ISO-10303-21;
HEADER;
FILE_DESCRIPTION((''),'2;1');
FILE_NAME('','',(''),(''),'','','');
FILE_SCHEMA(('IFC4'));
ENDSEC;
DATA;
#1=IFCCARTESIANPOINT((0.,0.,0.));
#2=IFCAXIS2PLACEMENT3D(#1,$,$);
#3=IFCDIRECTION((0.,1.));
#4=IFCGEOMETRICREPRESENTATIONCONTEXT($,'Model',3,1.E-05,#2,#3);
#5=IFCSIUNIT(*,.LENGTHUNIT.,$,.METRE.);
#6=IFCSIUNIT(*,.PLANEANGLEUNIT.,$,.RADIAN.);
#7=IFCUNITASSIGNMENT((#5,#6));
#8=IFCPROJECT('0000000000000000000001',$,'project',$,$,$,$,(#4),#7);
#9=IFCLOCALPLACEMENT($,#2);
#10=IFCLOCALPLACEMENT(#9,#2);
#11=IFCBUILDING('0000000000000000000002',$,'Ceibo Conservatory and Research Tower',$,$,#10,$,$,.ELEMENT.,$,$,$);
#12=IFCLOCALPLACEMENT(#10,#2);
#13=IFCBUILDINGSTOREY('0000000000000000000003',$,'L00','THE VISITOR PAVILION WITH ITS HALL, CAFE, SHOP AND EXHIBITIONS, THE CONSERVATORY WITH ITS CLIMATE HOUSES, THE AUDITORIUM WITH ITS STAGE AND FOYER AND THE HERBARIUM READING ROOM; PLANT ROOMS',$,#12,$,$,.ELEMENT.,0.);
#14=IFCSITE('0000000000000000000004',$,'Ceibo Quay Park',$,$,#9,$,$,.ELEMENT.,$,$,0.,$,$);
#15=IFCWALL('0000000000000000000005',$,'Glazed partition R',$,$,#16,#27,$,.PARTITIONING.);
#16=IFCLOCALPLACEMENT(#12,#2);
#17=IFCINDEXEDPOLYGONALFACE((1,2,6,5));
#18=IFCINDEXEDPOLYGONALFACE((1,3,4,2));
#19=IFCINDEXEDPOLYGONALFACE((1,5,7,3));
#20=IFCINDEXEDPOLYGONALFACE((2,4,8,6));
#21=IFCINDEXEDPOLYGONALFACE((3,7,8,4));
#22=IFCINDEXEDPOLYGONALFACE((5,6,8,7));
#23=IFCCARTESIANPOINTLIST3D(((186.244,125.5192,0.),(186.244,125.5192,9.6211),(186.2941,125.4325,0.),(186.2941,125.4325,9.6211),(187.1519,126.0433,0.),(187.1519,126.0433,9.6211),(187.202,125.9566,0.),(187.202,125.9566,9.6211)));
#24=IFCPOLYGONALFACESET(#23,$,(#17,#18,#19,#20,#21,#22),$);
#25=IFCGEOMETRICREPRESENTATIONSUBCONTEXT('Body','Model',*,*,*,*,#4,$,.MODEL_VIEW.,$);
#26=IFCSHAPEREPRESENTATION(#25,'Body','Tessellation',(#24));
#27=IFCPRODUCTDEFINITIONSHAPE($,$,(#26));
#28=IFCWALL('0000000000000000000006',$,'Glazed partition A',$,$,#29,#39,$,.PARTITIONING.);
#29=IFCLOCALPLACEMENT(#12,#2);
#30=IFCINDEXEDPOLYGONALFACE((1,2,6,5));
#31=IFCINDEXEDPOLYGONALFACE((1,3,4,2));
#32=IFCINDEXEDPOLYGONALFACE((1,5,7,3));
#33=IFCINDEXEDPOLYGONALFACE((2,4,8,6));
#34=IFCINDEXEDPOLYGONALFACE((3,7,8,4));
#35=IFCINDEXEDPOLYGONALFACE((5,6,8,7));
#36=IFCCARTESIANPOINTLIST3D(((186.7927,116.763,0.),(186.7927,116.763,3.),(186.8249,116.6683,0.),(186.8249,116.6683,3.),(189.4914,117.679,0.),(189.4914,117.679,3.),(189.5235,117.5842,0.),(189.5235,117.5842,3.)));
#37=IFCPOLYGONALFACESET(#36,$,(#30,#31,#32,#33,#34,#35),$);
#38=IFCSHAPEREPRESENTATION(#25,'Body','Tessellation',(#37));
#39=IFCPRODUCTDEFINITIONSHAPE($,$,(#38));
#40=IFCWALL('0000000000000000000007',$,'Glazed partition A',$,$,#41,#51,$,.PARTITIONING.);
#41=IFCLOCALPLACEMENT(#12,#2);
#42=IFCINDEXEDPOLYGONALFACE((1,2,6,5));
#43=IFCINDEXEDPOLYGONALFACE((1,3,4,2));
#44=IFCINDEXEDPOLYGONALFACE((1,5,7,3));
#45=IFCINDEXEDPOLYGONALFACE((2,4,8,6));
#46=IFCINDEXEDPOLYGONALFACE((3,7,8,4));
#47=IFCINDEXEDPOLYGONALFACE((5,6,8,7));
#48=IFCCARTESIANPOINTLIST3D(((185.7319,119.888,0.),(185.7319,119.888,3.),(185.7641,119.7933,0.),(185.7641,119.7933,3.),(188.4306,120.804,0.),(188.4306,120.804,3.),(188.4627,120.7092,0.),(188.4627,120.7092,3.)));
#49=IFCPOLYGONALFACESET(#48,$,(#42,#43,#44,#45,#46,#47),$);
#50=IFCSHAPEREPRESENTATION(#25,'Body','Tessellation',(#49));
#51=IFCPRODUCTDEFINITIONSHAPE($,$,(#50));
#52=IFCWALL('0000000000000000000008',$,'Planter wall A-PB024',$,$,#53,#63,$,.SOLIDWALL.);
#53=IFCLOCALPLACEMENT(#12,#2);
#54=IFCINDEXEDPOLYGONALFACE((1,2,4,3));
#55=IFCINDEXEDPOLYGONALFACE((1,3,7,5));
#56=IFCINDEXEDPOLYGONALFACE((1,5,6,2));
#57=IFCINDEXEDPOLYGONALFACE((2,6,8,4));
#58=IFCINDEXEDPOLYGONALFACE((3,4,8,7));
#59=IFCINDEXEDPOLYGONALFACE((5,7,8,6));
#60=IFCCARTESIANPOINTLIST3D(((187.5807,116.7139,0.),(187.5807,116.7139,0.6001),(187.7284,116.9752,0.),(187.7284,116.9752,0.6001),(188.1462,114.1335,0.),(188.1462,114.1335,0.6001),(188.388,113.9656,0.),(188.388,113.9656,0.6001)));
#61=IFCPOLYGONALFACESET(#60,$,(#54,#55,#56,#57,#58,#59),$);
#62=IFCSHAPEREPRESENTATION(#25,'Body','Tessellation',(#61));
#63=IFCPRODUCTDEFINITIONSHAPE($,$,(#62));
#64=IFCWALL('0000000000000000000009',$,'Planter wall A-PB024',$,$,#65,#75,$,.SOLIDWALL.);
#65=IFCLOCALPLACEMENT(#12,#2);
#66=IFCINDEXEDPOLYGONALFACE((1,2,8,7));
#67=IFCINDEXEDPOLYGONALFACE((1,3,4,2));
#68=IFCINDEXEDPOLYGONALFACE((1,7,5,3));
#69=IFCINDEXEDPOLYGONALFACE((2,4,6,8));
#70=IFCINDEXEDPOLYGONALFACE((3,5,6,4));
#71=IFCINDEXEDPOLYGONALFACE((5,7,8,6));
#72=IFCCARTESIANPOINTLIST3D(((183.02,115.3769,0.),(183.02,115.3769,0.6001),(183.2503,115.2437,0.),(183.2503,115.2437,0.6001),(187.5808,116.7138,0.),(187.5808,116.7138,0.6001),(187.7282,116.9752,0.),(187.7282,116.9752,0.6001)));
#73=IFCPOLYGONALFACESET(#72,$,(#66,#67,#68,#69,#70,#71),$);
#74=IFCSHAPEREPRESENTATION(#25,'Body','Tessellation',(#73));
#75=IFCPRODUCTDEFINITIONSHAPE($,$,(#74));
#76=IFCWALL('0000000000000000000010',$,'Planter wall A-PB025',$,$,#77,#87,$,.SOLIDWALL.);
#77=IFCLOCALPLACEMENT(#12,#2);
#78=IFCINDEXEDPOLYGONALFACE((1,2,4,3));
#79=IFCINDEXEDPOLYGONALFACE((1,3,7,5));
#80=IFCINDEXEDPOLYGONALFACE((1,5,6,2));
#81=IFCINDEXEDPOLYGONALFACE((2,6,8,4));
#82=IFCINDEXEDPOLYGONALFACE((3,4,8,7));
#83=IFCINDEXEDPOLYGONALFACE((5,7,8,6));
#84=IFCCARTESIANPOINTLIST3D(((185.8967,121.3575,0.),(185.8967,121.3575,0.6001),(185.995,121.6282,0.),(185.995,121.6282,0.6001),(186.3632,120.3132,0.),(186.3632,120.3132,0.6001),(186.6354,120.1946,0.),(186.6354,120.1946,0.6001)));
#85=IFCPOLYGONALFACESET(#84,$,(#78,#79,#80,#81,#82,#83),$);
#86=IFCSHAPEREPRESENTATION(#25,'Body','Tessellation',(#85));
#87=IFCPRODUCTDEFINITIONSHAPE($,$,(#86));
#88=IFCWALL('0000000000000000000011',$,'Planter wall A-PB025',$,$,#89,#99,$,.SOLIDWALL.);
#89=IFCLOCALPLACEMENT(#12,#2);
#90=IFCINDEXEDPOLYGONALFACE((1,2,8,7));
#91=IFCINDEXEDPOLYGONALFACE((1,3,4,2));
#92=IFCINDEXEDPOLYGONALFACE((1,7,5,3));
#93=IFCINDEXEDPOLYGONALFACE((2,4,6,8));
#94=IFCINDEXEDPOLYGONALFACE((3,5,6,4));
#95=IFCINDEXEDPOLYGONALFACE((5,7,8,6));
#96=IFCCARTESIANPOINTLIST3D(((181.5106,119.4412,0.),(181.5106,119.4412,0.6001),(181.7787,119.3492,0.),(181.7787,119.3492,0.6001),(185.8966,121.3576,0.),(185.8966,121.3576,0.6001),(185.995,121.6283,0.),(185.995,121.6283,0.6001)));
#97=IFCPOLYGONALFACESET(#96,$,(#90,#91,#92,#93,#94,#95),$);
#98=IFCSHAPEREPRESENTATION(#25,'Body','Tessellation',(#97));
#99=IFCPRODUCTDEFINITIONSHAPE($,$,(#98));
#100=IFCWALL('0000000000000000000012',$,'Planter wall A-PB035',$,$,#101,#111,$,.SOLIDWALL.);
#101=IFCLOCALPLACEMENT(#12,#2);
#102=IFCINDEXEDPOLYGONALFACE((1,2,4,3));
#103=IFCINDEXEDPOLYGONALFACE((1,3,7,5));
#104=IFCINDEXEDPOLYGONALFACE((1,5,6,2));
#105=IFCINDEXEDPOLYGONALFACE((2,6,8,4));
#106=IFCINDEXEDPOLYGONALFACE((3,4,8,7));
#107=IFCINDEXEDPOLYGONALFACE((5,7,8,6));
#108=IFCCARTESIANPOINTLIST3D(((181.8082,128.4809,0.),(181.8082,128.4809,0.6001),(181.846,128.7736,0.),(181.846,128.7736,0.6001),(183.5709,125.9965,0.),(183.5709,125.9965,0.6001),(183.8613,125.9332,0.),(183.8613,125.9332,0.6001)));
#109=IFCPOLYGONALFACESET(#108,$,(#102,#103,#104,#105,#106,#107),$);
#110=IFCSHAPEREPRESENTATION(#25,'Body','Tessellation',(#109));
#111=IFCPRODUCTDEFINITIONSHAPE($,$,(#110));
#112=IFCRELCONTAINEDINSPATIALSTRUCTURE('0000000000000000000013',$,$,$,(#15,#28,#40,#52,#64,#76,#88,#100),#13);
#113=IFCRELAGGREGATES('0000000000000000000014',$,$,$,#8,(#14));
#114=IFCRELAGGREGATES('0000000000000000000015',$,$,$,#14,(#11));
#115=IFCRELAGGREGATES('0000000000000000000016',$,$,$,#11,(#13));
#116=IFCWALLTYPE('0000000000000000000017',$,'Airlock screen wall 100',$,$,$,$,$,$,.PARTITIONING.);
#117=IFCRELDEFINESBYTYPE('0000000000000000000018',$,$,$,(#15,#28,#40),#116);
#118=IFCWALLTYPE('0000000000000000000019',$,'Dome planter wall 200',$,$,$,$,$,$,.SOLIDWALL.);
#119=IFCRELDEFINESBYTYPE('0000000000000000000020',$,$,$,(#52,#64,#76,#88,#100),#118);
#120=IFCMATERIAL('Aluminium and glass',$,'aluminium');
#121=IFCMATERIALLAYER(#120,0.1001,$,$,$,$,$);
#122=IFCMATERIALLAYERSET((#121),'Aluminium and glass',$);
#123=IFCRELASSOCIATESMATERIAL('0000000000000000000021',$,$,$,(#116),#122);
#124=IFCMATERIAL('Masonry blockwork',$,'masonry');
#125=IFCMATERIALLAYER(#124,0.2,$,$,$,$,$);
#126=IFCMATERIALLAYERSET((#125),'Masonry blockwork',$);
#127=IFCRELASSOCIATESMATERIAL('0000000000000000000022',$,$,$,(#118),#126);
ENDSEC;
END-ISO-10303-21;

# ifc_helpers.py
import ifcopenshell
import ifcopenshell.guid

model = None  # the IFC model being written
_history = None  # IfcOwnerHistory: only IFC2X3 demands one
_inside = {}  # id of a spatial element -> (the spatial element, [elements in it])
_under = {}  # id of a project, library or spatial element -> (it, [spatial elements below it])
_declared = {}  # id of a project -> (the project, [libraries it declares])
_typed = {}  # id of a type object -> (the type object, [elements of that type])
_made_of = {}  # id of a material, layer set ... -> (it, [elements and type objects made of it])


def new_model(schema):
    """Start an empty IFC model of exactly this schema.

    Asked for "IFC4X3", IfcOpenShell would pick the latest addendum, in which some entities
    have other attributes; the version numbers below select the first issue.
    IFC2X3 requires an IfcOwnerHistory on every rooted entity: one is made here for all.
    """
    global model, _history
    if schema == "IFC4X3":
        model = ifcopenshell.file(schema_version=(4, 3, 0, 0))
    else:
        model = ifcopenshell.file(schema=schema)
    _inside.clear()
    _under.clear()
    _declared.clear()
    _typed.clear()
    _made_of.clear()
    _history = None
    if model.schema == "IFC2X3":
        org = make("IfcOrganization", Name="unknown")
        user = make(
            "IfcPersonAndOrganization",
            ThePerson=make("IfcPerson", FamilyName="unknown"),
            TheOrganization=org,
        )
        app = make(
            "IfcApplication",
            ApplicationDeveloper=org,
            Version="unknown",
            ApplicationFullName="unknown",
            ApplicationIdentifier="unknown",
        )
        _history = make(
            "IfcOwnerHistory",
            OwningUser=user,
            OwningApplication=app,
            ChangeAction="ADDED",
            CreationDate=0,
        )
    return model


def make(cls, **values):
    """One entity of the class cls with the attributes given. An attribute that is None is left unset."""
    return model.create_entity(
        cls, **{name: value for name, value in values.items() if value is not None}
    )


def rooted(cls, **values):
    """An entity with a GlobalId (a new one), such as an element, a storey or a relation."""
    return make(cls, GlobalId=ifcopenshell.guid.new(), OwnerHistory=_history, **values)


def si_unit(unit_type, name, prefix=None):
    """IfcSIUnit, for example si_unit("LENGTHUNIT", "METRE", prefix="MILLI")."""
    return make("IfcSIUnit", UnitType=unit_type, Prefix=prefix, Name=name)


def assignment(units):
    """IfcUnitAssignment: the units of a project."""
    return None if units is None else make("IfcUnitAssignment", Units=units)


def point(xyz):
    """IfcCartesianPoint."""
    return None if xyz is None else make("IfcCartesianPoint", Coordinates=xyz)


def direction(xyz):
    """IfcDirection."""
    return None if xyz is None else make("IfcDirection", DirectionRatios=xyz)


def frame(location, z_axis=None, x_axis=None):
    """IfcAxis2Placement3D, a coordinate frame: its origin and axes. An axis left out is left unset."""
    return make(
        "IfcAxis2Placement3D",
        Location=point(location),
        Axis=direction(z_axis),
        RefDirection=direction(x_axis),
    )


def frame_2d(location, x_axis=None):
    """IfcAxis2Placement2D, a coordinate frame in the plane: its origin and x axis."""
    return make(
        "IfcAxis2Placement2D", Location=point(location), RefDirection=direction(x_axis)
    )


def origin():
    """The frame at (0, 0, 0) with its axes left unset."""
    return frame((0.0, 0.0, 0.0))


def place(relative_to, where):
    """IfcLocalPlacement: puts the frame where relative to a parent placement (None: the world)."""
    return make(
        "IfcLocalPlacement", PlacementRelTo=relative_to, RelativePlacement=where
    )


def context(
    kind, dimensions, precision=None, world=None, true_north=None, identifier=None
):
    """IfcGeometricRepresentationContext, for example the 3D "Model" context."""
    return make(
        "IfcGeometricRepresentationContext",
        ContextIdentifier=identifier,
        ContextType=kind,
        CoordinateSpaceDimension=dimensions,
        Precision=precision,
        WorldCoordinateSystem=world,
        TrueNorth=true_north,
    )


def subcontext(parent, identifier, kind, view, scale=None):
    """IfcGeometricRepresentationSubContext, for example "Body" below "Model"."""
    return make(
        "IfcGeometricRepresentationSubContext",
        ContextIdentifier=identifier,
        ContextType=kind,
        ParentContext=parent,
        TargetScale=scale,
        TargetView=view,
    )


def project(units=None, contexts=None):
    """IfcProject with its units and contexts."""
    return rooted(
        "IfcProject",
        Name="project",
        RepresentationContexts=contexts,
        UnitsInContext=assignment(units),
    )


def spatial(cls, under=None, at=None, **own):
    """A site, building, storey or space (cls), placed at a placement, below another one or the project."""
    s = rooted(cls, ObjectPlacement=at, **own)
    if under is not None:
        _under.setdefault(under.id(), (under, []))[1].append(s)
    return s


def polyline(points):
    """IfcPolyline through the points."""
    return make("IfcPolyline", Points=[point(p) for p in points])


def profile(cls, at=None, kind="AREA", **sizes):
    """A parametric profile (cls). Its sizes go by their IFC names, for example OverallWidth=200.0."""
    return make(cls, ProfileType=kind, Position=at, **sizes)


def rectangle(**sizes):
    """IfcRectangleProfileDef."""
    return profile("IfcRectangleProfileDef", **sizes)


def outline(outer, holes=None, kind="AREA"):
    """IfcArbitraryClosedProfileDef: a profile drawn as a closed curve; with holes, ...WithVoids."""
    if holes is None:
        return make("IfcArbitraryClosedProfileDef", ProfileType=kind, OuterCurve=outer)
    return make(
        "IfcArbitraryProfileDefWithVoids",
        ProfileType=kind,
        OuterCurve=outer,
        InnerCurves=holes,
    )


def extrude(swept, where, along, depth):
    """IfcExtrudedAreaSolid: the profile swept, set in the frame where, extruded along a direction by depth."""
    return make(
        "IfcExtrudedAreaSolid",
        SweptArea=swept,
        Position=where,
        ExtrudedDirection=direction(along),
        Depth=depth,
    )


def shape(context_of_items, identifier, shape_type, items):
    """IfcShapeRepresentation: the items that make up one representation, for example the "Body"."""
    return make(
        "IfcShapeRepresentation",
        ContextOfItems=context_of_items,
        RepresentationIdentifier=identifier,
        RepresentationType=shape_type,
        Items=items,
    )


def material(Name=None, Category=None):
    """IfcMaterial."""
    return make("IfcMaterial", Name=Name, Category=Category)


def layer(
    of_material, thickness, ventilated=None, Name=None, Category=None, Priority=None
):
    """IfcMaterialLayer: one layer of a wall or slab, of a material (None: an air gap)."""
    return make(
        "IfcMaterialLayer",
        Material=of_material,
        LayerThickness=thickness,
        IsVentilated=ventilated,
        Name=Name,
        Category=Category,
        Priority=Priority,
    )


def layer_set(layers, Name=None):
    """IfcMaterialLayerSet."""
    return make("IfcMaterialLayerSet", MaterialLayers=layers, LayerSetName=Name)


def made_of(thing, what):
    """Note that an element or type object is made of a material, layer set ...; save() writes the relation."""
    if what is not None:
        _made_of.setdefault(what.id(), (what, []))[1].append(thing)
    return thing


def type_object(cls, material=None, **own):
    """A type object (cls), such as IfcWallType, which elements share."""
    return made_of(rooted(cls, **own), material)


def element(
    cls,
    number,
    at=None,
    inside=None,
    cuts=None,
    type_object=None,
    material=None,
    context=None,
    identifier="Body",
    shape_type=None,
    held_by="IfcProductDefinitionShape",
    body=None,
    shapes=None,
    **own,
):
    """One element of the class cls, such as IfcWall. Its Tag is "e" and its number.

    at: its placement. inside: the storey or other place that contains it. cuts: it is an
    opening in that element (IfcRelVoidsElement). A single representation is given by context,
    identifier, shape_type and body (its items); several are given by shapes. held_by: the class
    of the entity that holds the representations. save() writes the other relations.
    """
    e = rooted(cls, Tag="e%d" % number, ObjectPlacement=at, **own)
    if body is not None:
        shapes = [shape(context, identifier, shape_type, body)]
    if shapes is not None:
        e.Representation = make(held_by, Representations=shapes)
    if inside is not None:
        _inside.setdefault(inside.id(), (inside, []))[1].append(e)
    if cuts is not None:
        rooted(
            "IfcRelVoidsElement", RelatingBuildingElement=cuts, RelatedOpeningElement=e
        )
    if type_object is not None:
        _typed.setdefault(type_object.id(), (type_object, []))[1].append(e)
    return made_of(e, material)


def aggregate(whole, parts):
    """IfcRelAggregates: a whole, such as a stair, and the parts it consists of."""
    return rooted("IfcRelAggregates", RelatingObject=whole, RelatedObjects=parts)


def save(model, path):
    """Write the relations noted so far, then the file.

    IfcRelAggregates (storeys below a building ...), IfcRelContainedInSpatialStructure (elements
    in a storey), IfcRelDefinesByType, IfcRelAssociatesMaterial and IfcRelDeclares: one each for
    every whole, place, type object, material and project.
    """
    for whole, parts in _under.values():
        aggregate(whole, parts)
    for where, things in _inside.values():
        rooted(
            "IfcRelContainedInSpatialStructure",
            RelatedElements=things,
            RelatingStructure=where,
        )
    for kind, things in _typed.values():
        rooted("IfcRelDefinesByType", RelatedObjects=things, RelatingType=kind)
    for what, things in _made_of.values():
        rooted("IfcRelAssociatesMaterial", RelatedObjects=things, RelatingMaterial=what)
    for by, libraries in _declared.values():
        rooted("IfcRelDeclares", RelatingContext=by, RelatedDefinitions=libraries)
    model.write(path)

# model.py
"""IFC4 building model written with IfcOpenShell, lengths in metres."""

from ifc_helpers import new_model, si_unit, direction, frame, frame_2d, origin, place, context, subcontext, project, spatial, polyline, rectangle, outline, extrude, material, layer, layer_set, type_object, element, save


model = new_model("IFC4")

# Units and contexts
model_context = context("Model", 3, precision=1e-05, world=origin(), true_north=direction((0.0, 1.0)))
body_context = subcontext(model_context, "Body", "Model", "MODEL_VIEW")
ifc_project = project(units=[si_unit("LENGTHUNIT", "METRE"), si_unit("PLANEANGLEUNIT", "RADIAN")], contexts=[model_context])

# Site, building, storey
site_placement = place(None, origin())
site = spatial("IfcSite", under=ifc_project, at=site_placement, Name="Ceibo Quay Park", CompositionType="ELEMENT", RefElevation=0.0)
building_placement = place(site_placement, origin())
building = spatial("IfcBuilding", under=site, at=building_placement, Name="Ceibo Conservatory and Research Tower", CompositionType="ELEMENT")
storey_placement = place(building_placement, origin())
storey = spatial("IfcBuildingStorey", under=building, at=storey_placement, Name="L00", Description="THE VISITOR PAVILION WITH ITS HALL, CAFE, SHOP AND EXHIBITIONS, THE CONSERVATORY WITH ITS CLIMATE HOUSES, THE AUDITORIUM WITH ITS STAGE AND FOYER AND THE HERBARIUM READING ROOM; PLANT ROOMS", CompositionType="ELEMENT", Elevation=0.0)

# Shared definitions
ifc_material_1 = material(Name="Aluminium and glass", Category="aluminium")

# Shared definitions
ifc_layer_1 = layer(ifc_material_1, 0.1001)
ifc_layer_set_1 = layer_set([ifc_layer_1], Name="Aluminium and glass")
wall_type_1 = type_object("IfcWallType", Name="Airlock screen wall 100", PredefinedType="PARTITIONING", material=ifc_layer_set_1)

# Walls
wall_1_placement = place(storey_placement, frame((186.269, 125.4758, 0.0), z_axis=(0.0, 0.0, 1.0), x_axis=(0.866042, 0.499971, 0.0)))
element("IfcWall", 1, at=wall_1_placement, inside=storey, type_object=wall_type_1, Name="Glazed partition R", PredefinedType="PARTITIONING", context=body_context, shape_type="SweptSolid", body=[
    extrude(rectangle(XDim=1.0483, YDim=0.1001, at=frame_2d((0.5242, 0.0))), origin(), (0.0, 0.0, 1.0), 9.6211),
])
for number, where, z_axis, x_axis, name in (
    (2, (189.5073, 117.6316, 0.0), (0.0, 0.0, 1.0), (-0.946939, -0.321414, 0.0), "Glazed partition A"),
    (3, (188.4465, 120.7566, 0.0), (0.0, 0.0, 1.0), (-0.946939, -0.321414, 0.0), "Glazed partition A"),
):
    element("IfcWall", number, at=place(storey_placement, frame(where, z_axis=z_axis, x_axis=x_axis)), inside=storey, type_object=wall_type_1, Name=name, PredefinedType="PARTITIONING", context=body_context, shape_type="SweptSolid", body=[
        extrude(rectangle(XDim=2.8499, YDim=0.1001, at=frame_2d((1.4248, 0.0))), origin(), (0.0, 0.0, 1.0), 3.0),
    ])

# Walls
ifc_material_2 = material(Name="Masonry blockwork", Category="masonry")
ifc_layer_2 = layer(ifc_material_2, 0.2)
ifc_layer_set_2 = layer_set([ifc_layer_2], Name="Masonry blockwork")
wall_type_2 = type_object("IfcWallType", Name="Dome planter wall 200", PredefinedType="SOLIDWALL", material=ifc_layer_set_2)
wall_2_placement = place(storey_placement, frame((188.2671, 114.0496, 0.0), z_axis=(0.0, 0.0, 1.0), x_axis=(-0.214084, 0.976815, 0.0)))
element("IfcWall", 4, at=wall_2_placement, inside=storey, type_object=wall_type_2, Name="Planter wall A-PB024", PredefinedType="SOLIDWALL", context=body_context, shape_type="SweptSolid", body=[
    extrude(outline(polyline([(-0.1079, -0.1001), (2.9731, -0.1001), (2.7495, 0.1001), (0.1079, 0.1001), (-0.1079, -0.1001)])), origin(), (0.0, 0.0, 1.0), 0.6001),
])
wall_3_placement = place(storey_placement, frame((187.6545, 116.8445, 0.0), z_axis=(0.0, 0.0, 1.0), x_axis=(-0.946924, -0.321456, 0.0)))
element("IfcWall", 5, at=wall_3_placement, inside=storey, type_object=wall_type_2, Name="Planter wall A-PB024", PredefinedType="SOLIDWALL", context=body_context, shape_type="SweptSolid", body=[
    extrude(outline(polyline([(-0.1118, -0.1001), (4.8604, -0.1001), (4.6851, 0.1001), (0.1118, 0.1001), (-0.1118, -0.1001)])), origin(), (0.0, 0.0, 1.0), 0.6001),
])
wall_4_placement = place(storey_placement, frame((186.4993, 120.2539, 0.0), z_axis=(0.0, 0.0, 1.0), x_axis=(-0.407857, 0.913046, 0.0)))
element("IfcWall", 6, at=wall_4_placement, inside=storey, type_object=wall_type_2, Name="Planter wall A-PB025", PredefinedType="SOLIDWALL", context=body_context, shape_type="SweptSolid", body=[
    extrude(outline(polyline([(-0.1096, -0.1001), (1.4604, -0.1001), (1.2534, 0.1001), (0.1096, 0.1001), (-0.1096, -0.1001)])), origin(), (0.0, 0.0, 1.0), 0.6001),
])
wall_5_placement = place(storey_placement, frame((185.9458, 121.4929, 0.0), z_axis=(0.0, 0.0, 1.0), x_axis=(-0.898802, -0.438355, 0.0)))
element("IfcWall", 7, at=wall_5_placement, inside=storey, type_object=wall_type_2, Name="Planter wall A-PB025", PredefinedType="SOLIDWALL", context=body_context, shape_type="SweptSolid", body=[
    extrude(outline(polyline([(-0.1035, -0.1001), (4.8857, -0.1001), (4.6851, 0.1001), (0.1035, 0.1001), (-0.1035, -0.1001)])), origin(), (0.0, 0.0, 1.0), 0.6001),
])
wall_6_placement = place(storey_placement, frame((183.7161, 125.9648, 0.0), z_axis=(0.0, 0.0, 1.0), x_axis=(-0.578646, 0.815579, 0.0)))
element("IfcWall", 8, at=wall_6_placement, inside=storey, type_object=wall_type_2, Name="Planter wall A-PB035", PredefinedType="SOLIDWALL", context=body_context, shape_type="SweptSolid", body=[
    extrude(outline(polyline([(-0.1099, -0.1001), (3.3728, -0.1001), (3.156, 0.1001), (0.1099, 0.1001), (-0.1099, -0.1001)])), origin(), (0.0, 0.0, 1.0), 0.6001),
])

save(model, "model.ifc")
